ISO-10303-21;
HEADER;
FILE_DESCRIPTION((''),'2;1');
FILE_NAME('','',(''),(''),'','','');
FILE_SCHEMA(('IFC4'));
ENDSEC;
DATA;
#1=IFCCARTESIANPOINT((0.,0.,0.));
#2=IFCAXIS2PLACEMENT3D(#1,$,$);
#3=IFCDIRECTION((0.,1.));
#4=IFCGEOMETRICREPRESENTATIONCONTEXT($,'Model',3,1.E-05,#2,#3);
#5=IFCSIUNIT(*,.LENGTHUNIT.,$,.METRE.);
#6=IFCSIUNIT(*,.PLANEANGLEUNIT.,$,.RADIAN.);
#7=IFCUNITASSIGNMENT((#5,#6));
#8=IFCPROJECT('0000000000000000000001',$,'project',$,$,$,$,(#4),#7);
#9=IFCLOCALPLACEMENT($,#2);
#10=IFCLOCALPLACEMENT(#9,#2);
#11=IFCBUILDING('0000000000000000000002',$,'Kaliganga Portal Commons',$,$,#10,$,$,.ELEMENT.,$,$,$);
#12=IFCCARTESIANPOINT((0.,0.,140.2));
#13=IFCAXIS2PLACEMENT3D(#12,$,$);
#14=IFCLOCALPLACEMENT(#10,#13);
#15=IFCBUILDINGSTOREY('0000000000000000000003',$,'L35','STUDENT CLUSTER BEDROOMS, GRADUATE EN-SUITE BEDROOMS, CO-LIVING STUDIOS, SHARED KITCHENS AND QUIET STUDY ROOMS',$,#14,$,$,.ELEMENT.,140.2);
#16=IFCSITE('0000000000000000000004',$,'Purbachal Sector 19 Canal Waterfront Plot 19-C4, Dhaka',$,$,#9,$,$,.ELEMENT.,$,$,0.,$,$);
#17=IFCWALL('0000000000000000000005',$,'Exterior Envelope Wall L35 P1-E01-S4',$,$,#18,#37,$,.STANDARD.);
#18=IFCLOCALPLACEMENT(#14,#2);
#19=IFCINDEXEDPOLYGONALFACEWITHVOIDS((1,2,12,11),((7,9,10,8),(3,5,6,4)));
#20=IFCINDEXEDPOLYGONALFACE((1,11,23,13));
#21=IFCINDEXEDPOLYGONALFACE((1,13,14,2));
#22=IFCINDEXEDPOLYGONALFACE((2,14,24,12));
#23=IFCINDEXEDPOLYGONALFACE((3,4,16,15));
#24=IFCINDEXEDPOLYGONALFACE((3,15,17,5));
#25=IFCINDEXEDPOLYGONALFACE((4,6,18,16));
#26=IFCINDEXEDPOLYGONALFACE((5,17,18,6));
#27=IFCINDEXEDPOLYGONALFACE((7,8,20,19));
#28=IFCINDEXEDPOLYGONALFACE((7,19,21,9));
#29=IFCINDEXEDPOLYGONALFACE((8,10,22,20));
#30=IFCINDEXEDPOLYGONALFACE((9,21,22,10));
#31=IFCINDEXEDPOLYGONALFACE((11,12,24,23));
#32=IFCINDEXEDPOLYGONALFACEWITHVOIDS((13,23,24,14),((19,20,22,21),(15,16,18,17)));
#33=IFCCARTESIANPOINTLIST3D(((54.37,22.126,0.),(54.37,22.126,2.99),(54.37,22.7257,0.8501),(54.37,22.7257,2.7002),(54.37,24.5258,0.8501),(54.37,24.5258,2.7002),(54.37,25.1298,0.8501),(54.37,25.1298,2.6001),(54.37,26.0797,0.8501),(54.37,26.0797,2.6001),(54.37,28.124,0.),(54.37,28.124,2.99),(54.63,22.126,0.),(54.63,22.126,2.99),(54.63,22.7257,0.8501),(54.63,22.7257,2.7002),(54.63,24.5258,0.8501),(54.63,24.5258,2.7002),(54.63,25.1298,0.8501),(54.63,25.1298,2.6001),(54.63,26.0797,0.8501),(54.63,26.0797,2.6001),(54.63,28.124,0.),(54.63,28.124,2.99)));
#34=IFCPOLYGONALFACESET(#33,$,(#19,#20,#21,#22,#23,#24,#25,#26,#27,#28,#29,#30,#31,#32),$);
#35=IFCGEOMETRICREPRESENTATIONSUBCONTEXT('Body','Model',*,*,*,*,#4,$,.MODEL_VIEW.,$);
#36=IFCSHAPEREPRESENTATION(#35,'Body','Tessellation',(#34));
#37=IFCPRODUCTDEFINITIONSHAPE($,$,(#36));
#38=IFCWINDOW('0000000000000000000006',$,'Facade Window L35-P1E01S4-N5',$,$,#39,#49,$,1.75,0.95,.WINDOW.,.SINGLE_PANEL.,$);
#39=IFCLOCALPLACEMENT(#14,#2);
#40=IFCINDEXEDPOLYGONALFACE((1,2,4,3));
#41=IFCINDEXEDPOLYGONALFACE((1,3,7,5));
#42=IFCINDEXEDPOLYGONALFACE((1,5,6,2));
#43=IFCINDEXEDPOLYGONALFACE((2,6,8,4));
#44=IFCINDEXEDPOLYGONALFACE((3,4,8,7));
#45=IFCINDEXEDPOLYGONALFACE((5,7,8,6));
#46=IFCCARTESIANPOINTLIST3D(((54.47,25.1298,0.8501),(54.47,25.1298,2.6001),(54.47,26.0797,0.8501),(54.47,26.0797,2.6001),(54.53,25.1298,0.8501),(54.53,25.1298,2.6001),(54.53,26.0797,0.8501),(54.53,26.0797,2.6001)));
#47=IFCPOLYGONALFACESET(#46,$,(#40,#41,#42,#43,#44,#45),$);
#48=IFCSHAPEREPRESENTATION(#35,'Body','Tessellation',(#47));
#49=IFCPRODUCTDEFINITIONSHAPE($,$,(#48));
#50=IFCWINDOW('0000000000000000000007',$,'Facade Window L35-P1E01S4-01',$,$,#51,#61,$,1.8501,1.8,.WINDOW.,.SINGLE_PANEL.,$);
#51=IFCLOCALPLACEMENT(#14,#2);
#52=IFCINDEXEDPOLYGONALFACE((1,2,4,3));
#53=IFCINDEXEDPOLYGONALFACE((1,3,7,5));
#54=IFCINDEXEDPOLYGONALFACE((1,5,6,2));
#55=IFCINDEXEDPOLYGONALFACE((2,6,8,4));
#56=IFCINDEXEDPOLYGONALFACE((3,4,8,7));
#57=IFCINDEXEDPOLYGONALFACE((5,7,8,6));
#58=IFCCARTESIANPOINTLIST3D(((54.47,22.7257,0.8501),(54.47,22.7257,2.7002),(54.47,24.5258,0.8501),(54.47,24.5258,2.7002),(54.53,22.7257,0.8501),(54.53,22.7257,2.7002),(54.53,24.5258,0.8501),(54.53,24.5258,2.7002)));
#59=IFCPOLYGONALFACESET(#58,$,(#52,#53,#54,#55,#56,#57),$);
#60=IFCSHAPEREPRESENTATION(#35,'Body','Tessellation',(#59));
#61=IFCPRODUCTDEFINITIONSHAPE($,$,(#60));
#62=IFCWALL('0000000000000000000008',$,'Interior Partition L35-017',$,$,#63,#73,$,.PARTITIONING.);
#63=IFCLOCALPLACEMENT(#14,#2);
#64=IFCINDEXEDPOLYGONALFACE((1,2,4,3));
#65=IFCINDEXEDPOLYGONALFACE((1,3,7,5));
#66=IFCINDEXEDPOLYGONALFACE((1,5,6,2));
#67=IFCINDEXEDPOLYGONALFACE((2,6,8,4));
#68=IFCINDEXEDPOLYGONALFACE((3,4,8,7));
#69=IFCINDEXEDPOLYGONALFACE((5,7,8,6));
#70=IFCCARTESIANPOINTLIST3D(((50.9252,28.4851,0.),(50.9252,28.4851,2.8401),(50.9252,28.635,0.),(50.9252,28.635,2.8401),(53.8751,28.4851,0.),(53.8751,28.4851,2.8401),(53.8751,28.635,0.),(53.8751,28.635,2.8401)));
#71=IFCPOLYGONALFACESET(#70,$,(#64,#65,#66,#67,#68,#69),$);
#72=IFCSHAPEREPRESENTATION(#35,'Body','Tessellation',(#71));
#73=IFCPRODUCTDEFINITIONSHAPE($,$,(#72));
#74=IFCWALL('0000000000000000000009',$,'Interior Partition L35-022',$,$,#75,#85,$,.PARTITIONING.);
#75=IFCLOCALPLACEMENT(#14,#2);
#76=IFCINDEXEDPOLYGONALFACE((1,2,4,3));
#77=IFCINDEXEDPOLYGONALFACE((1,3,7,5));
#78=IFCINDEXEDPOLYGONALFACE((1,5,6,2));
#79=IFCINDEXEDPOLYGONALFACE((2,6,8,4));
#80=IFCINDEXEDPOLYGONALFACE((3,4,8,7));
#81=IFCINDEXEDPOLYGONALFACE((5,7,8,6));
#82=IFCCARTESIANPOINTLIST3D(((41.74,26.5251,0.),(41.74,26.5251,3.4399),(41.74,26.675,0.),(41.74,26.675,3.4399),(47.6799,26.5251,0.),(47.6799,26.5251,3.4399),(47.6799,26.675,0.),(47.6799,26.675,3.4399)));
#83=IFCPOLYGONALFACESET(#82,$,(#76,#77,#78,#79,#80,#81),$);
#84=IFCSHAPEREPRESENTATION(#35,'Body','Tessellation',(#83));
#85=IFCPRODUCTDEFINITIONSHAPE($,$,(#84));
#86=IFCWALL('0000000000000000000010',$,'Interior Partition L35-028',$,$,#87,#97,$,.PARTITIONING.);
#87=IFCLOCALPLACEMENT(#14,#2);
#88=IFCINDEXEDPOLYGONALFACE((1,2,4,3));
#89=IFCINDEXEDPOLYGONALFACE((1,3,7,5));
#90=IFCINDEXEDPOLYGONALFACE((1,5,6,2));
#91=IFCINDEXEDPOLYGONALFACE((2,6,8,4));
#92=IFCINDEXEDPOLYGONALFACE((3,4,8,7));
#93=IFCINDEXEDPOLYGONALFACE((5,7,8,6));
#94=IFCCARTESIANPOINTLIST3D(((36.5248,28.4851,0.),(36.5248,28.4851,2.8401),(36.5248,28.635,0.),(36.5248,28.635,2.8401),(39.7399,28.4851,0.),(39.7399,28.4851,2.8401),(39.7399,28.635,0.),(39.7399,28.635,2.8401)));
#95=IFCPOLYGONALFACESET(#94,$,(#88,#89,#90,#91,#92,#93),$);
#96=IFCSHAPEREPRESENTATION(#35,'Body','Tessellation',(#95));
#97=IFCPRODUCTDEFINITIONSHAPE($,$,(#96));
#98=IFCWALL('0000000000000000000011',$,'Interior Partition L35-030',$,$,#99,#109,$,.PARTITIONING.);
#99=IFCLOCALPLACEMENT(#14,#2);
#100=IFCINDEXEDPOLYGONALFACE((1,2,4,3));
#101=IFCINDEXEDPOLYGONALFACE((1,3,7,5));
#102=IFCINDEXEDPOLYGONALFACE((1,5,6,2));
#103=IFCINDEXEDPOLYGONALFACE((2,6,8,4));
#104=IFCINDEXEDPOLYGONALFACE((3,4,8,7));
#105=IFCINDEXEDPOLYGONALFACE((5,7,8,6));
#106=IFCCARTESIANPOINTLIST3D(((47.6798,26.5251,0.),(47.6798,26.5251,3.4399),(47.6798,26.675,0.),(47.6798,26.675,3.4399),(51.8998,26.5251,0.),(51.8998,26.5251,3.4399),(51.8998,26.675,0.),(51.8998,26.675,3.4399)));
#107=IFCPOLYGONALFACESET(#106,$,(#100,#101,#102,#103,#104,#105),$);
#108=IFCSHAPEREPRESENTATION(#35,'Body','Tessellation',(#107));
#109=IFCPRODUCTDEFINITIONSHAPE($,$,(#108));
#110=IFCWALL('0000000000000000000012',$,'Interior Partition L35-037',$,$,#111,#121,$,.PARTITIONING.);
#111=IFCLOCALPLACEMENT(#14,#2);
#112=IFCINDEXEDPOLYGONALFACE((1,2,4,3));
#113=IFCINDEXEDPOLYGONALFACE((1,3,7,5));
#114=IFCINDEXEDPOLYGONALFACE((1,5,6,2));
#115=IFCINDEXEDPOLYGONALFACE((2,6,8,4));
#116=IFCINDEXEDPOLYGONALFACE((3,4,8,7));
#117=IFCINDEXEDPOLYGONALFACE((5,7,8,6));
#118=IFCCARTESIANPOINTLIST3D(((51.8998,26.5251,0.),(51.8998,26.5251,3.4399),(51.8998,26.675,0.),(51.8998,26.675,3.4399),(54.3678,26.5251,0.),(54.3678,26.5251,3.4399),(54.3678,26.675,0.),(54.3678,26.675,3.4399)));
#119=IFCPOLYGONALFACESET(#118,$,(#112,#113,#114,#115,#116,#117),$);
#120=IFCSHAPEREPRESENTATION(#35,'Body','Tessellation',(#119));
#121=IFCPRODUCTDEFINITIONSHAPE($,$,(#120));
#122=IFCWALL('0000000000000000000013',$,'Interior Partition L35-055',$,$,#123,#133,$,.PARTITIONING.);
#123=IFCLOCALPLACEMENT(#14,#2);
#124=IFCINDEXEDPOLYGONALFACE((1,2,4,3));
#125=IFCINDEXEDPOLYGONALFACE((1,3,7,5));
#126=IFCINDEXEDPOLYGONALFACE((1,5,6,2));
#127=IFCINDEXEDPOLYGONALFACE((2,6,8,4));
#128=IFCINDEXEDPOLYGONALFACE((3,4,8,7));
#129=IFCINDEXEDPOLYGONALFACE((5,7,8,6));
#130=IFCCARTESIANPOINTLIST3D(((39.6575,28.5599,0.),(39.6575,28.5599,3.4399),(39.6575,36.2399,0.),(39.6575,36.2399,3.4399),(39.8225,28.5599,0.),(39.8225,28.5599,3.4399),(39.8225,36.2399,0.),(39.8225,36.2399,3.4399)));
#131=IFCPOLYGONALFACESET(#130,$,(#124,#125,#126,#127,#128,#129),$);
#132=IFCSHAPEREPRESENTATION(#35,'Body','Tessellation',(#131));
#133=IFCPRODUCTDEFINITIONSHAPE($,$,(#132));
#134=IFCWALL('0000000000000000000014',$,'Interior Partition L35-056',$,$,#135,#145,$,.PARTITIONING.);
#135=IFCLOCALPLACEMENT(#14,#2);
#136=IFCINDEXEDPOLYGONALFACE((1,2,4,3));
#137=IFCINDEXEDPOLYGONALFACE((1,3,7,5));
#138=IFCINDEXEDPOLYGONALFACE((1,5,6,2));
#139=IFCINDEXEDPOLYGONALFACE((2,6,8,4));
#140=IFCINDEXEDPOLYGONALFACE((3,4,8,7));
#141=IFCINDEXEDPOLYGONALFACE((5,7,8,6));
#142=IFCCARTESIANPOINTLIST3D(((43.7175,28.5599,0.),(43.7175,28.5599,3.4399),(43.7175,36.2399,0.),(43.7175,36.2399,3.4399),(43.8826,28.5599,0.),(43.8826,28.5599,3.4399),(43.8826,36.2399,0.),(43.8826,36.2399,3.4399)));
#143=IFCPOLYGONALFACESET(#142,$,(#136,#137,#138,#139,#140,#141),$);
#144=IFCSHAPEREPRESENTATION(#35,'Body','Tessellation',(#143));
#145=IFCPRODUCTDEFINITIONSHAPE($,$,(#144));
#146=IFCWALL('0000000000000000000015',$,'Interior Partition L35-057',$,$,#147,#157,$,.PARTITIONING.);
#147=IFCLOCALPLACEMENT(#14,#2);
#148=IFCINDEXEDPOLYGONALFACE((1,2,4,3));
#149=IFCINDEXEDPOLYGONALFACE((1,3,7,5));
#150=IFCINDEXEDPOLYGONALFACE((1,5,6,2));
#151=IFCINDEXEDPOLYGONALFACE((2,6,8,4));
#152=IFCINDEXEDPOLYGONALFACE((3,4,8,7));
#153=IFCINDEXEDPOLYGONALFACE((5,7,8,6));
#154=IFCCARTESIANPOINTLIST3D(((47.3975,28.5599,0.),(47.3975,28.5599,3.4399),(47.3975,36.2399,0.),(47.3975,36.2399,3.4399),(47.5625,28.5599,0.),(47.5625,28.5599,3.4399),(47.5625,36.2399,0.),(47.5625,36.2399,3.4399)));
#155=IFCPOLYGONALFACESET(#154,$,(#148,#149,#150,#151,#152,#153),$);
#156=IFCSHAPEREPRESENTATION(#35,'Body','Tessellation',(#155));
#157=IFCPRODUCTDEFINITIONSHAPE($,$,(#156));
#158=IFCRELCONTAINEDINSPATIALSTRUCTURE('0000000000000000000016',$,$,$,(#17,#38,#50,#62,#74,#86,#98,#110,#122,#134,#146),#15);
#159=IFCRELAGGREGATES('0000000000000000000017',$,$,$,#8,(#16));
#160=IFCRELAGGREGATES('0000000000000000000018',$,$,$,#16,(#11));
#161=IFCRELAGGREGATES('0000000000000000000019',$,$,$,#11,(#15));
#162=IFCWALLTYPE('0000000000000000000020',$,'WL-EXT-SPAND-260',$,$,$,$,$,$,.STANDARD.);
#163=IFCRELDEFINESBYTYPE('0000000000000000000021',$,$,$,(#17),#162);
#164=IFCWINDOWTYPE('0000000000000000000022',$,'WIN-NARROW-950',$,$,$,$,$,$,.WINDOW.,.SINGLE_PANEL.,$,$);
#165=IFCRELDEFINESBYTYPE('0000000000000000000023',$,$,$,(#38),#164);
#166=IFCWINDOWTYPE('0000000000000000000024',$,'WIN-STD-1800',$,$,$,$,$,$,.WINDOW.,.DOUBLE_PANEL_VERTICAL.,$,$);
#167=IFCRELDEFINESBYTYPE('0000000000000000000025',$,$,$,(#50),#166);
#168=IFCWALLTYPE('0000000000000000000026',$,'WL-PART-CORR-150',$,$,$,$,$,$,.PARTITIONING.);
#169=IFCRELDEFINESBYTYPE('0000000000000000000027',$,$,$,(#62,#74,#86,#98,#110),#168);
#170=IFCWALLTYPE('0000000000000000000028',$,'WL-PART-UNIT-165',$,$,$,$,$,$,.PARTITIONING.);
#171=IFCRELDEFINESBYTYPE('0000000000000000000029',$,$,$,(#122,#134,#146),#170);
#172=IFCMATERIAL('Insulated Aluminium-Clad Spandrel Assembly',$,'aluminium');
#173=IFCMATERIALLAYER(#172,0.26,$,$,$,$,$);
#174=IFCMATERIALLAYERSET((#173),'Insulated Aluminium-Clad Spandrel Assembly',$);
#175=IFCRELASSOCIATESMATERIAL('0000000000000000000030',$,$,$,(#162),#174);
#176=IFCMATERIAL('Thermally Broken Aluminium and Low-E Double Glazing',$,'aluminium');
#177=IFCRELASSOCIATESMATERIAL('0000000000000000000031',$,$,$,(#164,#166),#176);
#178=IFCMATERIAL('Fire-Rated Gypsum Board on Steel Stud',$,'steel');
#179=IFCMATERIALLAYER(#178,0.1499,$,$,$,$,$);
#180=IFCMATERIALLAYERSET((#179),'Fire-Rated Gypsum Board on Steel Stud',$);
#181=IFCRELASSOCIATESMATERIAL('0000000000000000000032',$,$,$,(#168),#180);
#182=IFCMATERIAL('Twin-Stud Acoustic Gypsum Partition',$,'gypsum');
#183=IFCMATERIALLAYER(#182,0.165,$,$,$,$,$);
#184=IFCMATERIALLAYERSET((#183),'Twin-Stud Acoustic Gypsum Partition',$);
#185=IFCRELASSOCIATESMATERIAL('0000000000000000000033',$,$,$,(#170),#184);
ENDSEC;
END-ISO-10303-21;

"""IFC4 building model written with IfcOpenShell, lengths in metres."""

from ifc_helpers import new_model, si_unit, direction, frame, frame_2d, origin, place, context, subcontext, project, spatial, rectangle, extrude, material, layer, layer_set, type_object, element, fill, save


model = new_model("IFC4")

# Units and contexts
model_context = context("Model", 3, precision=1e-05, world=origin(), true_north=direction((0.0, 1.0)))
body_context = subcontext(model_context, "Body", "Model", "MODEL_VIEW")
ifc_project = project(units=[si_unit("LENGTHUNIT", "METRE"), si_unit("PLANEANGLEUNIT", "RADIAN")], contexts=[model_context])

# Site, building, storey
site_placement = place(None, origin())
site = spatial("IfcSite", under=ifc_project, at=site_placement, Name="Purbachal Sector 19 Canal Waterfront Plot 19-C4, Dhaka", CompositionType="ELEMENT", RefElevation=0.0)
building_placement = place(site_placement, origin())
building = spatial("IfcBuilding", under=site, at=building_placement, Name="Kaliganga Portal Commons", CompositionType="ELEMENT")
storey_placement = place(building_placement, frame((0.0, 0.0, 140.2)))
storey = spatial("IfcBuildingStorey", under=building, at=storey_placement, Name="L35", Description="STUDENT CLUSTER BEDROOMS, GRADUATE EN-SUITE BEDROOMS, CO-LIVING STUDIOS, SHARED KITCHENS AND QUIET STUDY ROOMS", CompositionType="ELEMENT", Elevation=140.2)

# Wall, openings, windows
ifc_material_1 = material(Name="Insulated Aluminium-Clad Spandrel Assembly", Category="aluminium")
ifc_layer_1 = layer(ifc_material_1, 0.26)
ifc_layer_set_1 = layer_set([ifc_layer_1], Name="Insulated Aluminium-Clad Spandrel Assembly")
wall_type_1 = type_object("IfcWallType", Name="WL-EXT-SPAND-260", PredefinedType="STANDARD", material=ifc_layer_set_1)
wall_1_placement = place(storey_placement, frame((54.5, 28.124, 0.0), z_axis=(0.0, 0.0, 1.0), x_axis=(0.0, -1.0, 0.0)))
wall_1 = element("IfcWall", 1, at=wall_1_placement, inside=storey, type_object=wall_type_1, Name="Exterior Envelope Wall L35 P1-E01-S4", PredefinedType="STANDARD", context=body_context, shape_type="SweptSolid", body=[
    extrude(rectangle(XDim=5.998, YDim=0.26, at=frame_2d((2.999, 0.0))), origin(), (0.0, 0.0, 1.0), 2.99),
])
opening_1_placement = place(wall_1_placement, frame((3.5984, 0.0, 0.8501)))
opening_1 = element("IfcOpeningElement", 2, at=opening_1_placement, cuts=wall_1, PredefinedType="OPENING", context=body_context, shape_type="SweptSolid", body=[
    extrude(rectangle(XDim=1.8, YDim=1.8501, at=frame_2d((0.8999, 0.925))), frame((0.0, 0.1401, 0.0), z_axis=(0.0, -1.0, 0.0), x_axis=(1.0, 0.0, 0.0)), (0.0, 0.0, 1.0), 0.28),
])
opening_2_placement = place(wall_1_placement, frame((2.0442, 0.0, 0.8501)))
opening_2 = element("IfcOpeningElement", 3, at=opening_2_placement, cuts=wall_1, PredefinedType="OPENING", context=body_context, shape_type="SweptSolid", body=[
    extrude(rectangle(XDim=0.95, YDim=1.75, at=frame_2d((0.4751, 0.875))), frame((0.0, 0.1401, 0.0), z_axis=(0.0, -1.0, 0.0), x_axis=(1.0, 0.0, 0.0)), (0.0, 0.0, 1.0), 0.28),
])
ifc_material_2 = material(Name="Thermally Broken Aluminium and Low-E Double Glazing", Category="aluminium")
window_type_1 = type_object("IfcWindowType", Name="WIN-NARROW-950", PartitioningType="SINGLE_PANEL", PredefinedType="WINDOW", material=ifc_material_2)
window_1_placement = place(opening_2_placement, origin())
window_1 = element("IfcWindow", 4, at=window_1_placement, inside=storey, type_object=window_type_1, Name="Facade Window L35-P1E01S4-N5", OverallHeight=1.75, OverallWidth=0.95, PartitioningType="SINGLE_PANEL", PredefinedType="WINDOW", context=body_context, shape_type="SweptSolid", body=[
    extrude(rectangle(XDim=0.95, YDim=1.75, at=frame_2d((0.4751, 0.875))), frame((0.0, 0.03, 0.0), z_axis=(0.0, -1.0, 0.0), x_axis=(1.0, 0.0, 0.0)), (0.0, 0.0, 1.0), 0.0601),
])
fill(opening_2, window_1)
window_type_2 = type_object("IfcWindowType", Name="WIN-STD-1800", PartitioningType="DOUBLE_PANEL_VERTICAL", PredefinedType="WINDOW", material=ifc_material_2)
window_2_placement = place(opening_1_placement, origin())
window_2 = element("IfcWindow", 5, at=window_2_placement, inside=storey, type_object=window_type_2, Name="Facade Window L35-P1E01S4-01", OverallHeight=1.8501, OverallWidth=1.8, PartitioningType="SINGLE_PANEL", PredefinedType="WINDOW", context=body_context, shape_type="SweptSolid", body=[
    extrude(rectangle(XDim=1.8, YDim=1.8501, at=frame_2d((0.8999, 0.925))), frame((0.0, 0.03, 0.0), z_axis=(0.0, -1.0, 0.0), x_axis=(1.0, 0.0, 0.0)), (0.0, 0.0, 1.0), 0.0601),
])
fill(opening_1, window_2)

# Shared definitions
ifc_material_3 = material(Name="Fire-Rated Gypsum Board on Steel Stud", Category="steel")
ifc_layer_2 = layer(ifc_material_3, 0.1499)
ifc_layer_set_2 = layer_set([ifc_layer_2], Name="Fire-Rated Gypsum Board on Steel Stud")
wall_type_2 = type_object("IfcWallType", Name="WL-PART-CORR-150", PredefinedType="PARTITIONING", material=ifc_layer_set_2)

# Walls
wall_2_placement = place(storey_placement, frame((50.925, 28.5601, 0.0), z_axis=(0.0, 0.0, 1.0), x_axis=(1.0, 0.0, 0.0)))
element("IfcWall", 6, at=wall_2_placement, inside=storey, type_object=wall_type_2, Name="Interior Partition L35-017", PredefinedType="PARTITIONING", context=body_context, shape_type="SweptSolid", body=[
    extrude(rectangle(XDim=2.95, YDim=0.1499, at=frame_2d((1.4751, 0.0))), origin(), (0.0, 0.0, 1.0), 2.8401),
])
wall_3_placement = place(storey_placement, frame((41.74, 26.6001, 0.0), z_axis=(0.0, 0.0, 1.0), x_axis=(1.0, 0.0, 0.0)))
element("IfcWall", 7, at=wall_3_placement, inside=storey, type_object=wall_type_2, Name="Interior Partition L35-022", PredefinedType="PARTITIONING", context=body_context, shape_type="SweptSolid", body=[
    extrude(rectangle(XDim=5.9399, YDim=0.1499, at=frame_2d((2.97, 0.0))), origin(), (0.0, 0.0, 1.0), 3.4399),
])
wall_4_placement = place(storey_placement, frame((36.5249, 28.5601, 0.0), z_axis=(0.0, 0.0, 1.0), x_axis=(1.0, 0.0, 0.0)))
element("IfcWall", 8, at=wall_4_placement, inside=storey, type_object=wall_type_2, Name="Interior Partition L35-028", PredefinedType="PARTITIONING", context=body_context, shape_type="SweptSolid", body=[
    extrude(rectangle(XDim=3.2151, YDim=0.1499, at=frame_2d((1.6074, 0.0))), origin(), (0.0, 0.0, 1.0), 2.8401),
])
wall_5_placement = place(storey_placement, frame((47.6799, 26.6001, 0.0), z_axis=(0.0, 0.0, 1.0), x_axis=(1.0, 0.0, 0.0)))
element("IfcWall", 9, at=wall_5_placement, inside=storey, type_object=wall_type_2, Name="Interior Partition L35-030", PredefinedType="PARTITIONING", context=body_context, shape_type="SweptSolid", body=[
    extrude(rectangle(XDim=4.22, YDim=0.1499, at=frame_2d((2.1099, 0.0))), origin(), (0.0, 0.0, 1.0), 3.4399),
])

# Walls
wall_6_placement = place(storey_placement, frame((51.8999, 26.6001, 0.0), z_axis=(0.0, 0.0, 1.0), x_axis=(1.0, 0.0, 0.0)))
element("IfcWall", 10, at=wall_6_placement, inside=storey, type_object=wall_type_2, Name="Interior Partition L35-037", PredefinedType="PARTITIONING", context=body_context, shape_type="SweptSolid", body=[
    extrude(rectangle(XDim=2.468, YDim=0.1499, at=frame_2d((1.2339, 0.0))), origin(), (0.0, 0.0, 1.0), 3.4399),
])
ifc_material_4 = material(Name="Twin-Stud Acoustic Gypsum Partition", Category="gypsum")
ifc_layer_3 = layer(ifc_material_4, 0.165)
ifc_layer_set_3 = layer_set([ifc_layer_3], Name="Twin-Stud Acoustic Gypsum Partition")
wall_type_3 = type_object("IfcWallType", Name="WL-PART-UNIT-165", PredefinedType="PARTITIONING", material=ifc_layer_set_3)
for number, where, z_axis, x_axis, name in (
    (11, (39.74, 28.5601, 0.0), (0.0, 0.0, 1.0), (0.0, 1.0, 0.0), "Interior Partition L35-055"),
    (12, (43.8, 28.5601, 0.0), (0.0, 0.0, 1.0), (0.0, 1.0, 0.0), "Interior Partition L35-056"),
    (13, (47.48, 28.5601, 0.0), (0.0, 0.0, 1.0), (0.0, 1.0, 0.0), "Interior Partition L35-057"),
):
    element("IfcWall", number, at=place(storey_placement, frame(where, z_axis=z_axis, x_axis=x_axis)), inside=storey, type_object=wall_type_3, Name=name, PredefinedType="PARTITIONING", context=body_context, shape_type="SweptSolid", body=[
        extrude(rectangle(XDim=7.6799, YDim=0.165, at=frame_2d((3.8398, 0.0))), origin(), (0.0, 0.0, 1.0), 3.4399),
    ])

save(model, "model.ifc")
